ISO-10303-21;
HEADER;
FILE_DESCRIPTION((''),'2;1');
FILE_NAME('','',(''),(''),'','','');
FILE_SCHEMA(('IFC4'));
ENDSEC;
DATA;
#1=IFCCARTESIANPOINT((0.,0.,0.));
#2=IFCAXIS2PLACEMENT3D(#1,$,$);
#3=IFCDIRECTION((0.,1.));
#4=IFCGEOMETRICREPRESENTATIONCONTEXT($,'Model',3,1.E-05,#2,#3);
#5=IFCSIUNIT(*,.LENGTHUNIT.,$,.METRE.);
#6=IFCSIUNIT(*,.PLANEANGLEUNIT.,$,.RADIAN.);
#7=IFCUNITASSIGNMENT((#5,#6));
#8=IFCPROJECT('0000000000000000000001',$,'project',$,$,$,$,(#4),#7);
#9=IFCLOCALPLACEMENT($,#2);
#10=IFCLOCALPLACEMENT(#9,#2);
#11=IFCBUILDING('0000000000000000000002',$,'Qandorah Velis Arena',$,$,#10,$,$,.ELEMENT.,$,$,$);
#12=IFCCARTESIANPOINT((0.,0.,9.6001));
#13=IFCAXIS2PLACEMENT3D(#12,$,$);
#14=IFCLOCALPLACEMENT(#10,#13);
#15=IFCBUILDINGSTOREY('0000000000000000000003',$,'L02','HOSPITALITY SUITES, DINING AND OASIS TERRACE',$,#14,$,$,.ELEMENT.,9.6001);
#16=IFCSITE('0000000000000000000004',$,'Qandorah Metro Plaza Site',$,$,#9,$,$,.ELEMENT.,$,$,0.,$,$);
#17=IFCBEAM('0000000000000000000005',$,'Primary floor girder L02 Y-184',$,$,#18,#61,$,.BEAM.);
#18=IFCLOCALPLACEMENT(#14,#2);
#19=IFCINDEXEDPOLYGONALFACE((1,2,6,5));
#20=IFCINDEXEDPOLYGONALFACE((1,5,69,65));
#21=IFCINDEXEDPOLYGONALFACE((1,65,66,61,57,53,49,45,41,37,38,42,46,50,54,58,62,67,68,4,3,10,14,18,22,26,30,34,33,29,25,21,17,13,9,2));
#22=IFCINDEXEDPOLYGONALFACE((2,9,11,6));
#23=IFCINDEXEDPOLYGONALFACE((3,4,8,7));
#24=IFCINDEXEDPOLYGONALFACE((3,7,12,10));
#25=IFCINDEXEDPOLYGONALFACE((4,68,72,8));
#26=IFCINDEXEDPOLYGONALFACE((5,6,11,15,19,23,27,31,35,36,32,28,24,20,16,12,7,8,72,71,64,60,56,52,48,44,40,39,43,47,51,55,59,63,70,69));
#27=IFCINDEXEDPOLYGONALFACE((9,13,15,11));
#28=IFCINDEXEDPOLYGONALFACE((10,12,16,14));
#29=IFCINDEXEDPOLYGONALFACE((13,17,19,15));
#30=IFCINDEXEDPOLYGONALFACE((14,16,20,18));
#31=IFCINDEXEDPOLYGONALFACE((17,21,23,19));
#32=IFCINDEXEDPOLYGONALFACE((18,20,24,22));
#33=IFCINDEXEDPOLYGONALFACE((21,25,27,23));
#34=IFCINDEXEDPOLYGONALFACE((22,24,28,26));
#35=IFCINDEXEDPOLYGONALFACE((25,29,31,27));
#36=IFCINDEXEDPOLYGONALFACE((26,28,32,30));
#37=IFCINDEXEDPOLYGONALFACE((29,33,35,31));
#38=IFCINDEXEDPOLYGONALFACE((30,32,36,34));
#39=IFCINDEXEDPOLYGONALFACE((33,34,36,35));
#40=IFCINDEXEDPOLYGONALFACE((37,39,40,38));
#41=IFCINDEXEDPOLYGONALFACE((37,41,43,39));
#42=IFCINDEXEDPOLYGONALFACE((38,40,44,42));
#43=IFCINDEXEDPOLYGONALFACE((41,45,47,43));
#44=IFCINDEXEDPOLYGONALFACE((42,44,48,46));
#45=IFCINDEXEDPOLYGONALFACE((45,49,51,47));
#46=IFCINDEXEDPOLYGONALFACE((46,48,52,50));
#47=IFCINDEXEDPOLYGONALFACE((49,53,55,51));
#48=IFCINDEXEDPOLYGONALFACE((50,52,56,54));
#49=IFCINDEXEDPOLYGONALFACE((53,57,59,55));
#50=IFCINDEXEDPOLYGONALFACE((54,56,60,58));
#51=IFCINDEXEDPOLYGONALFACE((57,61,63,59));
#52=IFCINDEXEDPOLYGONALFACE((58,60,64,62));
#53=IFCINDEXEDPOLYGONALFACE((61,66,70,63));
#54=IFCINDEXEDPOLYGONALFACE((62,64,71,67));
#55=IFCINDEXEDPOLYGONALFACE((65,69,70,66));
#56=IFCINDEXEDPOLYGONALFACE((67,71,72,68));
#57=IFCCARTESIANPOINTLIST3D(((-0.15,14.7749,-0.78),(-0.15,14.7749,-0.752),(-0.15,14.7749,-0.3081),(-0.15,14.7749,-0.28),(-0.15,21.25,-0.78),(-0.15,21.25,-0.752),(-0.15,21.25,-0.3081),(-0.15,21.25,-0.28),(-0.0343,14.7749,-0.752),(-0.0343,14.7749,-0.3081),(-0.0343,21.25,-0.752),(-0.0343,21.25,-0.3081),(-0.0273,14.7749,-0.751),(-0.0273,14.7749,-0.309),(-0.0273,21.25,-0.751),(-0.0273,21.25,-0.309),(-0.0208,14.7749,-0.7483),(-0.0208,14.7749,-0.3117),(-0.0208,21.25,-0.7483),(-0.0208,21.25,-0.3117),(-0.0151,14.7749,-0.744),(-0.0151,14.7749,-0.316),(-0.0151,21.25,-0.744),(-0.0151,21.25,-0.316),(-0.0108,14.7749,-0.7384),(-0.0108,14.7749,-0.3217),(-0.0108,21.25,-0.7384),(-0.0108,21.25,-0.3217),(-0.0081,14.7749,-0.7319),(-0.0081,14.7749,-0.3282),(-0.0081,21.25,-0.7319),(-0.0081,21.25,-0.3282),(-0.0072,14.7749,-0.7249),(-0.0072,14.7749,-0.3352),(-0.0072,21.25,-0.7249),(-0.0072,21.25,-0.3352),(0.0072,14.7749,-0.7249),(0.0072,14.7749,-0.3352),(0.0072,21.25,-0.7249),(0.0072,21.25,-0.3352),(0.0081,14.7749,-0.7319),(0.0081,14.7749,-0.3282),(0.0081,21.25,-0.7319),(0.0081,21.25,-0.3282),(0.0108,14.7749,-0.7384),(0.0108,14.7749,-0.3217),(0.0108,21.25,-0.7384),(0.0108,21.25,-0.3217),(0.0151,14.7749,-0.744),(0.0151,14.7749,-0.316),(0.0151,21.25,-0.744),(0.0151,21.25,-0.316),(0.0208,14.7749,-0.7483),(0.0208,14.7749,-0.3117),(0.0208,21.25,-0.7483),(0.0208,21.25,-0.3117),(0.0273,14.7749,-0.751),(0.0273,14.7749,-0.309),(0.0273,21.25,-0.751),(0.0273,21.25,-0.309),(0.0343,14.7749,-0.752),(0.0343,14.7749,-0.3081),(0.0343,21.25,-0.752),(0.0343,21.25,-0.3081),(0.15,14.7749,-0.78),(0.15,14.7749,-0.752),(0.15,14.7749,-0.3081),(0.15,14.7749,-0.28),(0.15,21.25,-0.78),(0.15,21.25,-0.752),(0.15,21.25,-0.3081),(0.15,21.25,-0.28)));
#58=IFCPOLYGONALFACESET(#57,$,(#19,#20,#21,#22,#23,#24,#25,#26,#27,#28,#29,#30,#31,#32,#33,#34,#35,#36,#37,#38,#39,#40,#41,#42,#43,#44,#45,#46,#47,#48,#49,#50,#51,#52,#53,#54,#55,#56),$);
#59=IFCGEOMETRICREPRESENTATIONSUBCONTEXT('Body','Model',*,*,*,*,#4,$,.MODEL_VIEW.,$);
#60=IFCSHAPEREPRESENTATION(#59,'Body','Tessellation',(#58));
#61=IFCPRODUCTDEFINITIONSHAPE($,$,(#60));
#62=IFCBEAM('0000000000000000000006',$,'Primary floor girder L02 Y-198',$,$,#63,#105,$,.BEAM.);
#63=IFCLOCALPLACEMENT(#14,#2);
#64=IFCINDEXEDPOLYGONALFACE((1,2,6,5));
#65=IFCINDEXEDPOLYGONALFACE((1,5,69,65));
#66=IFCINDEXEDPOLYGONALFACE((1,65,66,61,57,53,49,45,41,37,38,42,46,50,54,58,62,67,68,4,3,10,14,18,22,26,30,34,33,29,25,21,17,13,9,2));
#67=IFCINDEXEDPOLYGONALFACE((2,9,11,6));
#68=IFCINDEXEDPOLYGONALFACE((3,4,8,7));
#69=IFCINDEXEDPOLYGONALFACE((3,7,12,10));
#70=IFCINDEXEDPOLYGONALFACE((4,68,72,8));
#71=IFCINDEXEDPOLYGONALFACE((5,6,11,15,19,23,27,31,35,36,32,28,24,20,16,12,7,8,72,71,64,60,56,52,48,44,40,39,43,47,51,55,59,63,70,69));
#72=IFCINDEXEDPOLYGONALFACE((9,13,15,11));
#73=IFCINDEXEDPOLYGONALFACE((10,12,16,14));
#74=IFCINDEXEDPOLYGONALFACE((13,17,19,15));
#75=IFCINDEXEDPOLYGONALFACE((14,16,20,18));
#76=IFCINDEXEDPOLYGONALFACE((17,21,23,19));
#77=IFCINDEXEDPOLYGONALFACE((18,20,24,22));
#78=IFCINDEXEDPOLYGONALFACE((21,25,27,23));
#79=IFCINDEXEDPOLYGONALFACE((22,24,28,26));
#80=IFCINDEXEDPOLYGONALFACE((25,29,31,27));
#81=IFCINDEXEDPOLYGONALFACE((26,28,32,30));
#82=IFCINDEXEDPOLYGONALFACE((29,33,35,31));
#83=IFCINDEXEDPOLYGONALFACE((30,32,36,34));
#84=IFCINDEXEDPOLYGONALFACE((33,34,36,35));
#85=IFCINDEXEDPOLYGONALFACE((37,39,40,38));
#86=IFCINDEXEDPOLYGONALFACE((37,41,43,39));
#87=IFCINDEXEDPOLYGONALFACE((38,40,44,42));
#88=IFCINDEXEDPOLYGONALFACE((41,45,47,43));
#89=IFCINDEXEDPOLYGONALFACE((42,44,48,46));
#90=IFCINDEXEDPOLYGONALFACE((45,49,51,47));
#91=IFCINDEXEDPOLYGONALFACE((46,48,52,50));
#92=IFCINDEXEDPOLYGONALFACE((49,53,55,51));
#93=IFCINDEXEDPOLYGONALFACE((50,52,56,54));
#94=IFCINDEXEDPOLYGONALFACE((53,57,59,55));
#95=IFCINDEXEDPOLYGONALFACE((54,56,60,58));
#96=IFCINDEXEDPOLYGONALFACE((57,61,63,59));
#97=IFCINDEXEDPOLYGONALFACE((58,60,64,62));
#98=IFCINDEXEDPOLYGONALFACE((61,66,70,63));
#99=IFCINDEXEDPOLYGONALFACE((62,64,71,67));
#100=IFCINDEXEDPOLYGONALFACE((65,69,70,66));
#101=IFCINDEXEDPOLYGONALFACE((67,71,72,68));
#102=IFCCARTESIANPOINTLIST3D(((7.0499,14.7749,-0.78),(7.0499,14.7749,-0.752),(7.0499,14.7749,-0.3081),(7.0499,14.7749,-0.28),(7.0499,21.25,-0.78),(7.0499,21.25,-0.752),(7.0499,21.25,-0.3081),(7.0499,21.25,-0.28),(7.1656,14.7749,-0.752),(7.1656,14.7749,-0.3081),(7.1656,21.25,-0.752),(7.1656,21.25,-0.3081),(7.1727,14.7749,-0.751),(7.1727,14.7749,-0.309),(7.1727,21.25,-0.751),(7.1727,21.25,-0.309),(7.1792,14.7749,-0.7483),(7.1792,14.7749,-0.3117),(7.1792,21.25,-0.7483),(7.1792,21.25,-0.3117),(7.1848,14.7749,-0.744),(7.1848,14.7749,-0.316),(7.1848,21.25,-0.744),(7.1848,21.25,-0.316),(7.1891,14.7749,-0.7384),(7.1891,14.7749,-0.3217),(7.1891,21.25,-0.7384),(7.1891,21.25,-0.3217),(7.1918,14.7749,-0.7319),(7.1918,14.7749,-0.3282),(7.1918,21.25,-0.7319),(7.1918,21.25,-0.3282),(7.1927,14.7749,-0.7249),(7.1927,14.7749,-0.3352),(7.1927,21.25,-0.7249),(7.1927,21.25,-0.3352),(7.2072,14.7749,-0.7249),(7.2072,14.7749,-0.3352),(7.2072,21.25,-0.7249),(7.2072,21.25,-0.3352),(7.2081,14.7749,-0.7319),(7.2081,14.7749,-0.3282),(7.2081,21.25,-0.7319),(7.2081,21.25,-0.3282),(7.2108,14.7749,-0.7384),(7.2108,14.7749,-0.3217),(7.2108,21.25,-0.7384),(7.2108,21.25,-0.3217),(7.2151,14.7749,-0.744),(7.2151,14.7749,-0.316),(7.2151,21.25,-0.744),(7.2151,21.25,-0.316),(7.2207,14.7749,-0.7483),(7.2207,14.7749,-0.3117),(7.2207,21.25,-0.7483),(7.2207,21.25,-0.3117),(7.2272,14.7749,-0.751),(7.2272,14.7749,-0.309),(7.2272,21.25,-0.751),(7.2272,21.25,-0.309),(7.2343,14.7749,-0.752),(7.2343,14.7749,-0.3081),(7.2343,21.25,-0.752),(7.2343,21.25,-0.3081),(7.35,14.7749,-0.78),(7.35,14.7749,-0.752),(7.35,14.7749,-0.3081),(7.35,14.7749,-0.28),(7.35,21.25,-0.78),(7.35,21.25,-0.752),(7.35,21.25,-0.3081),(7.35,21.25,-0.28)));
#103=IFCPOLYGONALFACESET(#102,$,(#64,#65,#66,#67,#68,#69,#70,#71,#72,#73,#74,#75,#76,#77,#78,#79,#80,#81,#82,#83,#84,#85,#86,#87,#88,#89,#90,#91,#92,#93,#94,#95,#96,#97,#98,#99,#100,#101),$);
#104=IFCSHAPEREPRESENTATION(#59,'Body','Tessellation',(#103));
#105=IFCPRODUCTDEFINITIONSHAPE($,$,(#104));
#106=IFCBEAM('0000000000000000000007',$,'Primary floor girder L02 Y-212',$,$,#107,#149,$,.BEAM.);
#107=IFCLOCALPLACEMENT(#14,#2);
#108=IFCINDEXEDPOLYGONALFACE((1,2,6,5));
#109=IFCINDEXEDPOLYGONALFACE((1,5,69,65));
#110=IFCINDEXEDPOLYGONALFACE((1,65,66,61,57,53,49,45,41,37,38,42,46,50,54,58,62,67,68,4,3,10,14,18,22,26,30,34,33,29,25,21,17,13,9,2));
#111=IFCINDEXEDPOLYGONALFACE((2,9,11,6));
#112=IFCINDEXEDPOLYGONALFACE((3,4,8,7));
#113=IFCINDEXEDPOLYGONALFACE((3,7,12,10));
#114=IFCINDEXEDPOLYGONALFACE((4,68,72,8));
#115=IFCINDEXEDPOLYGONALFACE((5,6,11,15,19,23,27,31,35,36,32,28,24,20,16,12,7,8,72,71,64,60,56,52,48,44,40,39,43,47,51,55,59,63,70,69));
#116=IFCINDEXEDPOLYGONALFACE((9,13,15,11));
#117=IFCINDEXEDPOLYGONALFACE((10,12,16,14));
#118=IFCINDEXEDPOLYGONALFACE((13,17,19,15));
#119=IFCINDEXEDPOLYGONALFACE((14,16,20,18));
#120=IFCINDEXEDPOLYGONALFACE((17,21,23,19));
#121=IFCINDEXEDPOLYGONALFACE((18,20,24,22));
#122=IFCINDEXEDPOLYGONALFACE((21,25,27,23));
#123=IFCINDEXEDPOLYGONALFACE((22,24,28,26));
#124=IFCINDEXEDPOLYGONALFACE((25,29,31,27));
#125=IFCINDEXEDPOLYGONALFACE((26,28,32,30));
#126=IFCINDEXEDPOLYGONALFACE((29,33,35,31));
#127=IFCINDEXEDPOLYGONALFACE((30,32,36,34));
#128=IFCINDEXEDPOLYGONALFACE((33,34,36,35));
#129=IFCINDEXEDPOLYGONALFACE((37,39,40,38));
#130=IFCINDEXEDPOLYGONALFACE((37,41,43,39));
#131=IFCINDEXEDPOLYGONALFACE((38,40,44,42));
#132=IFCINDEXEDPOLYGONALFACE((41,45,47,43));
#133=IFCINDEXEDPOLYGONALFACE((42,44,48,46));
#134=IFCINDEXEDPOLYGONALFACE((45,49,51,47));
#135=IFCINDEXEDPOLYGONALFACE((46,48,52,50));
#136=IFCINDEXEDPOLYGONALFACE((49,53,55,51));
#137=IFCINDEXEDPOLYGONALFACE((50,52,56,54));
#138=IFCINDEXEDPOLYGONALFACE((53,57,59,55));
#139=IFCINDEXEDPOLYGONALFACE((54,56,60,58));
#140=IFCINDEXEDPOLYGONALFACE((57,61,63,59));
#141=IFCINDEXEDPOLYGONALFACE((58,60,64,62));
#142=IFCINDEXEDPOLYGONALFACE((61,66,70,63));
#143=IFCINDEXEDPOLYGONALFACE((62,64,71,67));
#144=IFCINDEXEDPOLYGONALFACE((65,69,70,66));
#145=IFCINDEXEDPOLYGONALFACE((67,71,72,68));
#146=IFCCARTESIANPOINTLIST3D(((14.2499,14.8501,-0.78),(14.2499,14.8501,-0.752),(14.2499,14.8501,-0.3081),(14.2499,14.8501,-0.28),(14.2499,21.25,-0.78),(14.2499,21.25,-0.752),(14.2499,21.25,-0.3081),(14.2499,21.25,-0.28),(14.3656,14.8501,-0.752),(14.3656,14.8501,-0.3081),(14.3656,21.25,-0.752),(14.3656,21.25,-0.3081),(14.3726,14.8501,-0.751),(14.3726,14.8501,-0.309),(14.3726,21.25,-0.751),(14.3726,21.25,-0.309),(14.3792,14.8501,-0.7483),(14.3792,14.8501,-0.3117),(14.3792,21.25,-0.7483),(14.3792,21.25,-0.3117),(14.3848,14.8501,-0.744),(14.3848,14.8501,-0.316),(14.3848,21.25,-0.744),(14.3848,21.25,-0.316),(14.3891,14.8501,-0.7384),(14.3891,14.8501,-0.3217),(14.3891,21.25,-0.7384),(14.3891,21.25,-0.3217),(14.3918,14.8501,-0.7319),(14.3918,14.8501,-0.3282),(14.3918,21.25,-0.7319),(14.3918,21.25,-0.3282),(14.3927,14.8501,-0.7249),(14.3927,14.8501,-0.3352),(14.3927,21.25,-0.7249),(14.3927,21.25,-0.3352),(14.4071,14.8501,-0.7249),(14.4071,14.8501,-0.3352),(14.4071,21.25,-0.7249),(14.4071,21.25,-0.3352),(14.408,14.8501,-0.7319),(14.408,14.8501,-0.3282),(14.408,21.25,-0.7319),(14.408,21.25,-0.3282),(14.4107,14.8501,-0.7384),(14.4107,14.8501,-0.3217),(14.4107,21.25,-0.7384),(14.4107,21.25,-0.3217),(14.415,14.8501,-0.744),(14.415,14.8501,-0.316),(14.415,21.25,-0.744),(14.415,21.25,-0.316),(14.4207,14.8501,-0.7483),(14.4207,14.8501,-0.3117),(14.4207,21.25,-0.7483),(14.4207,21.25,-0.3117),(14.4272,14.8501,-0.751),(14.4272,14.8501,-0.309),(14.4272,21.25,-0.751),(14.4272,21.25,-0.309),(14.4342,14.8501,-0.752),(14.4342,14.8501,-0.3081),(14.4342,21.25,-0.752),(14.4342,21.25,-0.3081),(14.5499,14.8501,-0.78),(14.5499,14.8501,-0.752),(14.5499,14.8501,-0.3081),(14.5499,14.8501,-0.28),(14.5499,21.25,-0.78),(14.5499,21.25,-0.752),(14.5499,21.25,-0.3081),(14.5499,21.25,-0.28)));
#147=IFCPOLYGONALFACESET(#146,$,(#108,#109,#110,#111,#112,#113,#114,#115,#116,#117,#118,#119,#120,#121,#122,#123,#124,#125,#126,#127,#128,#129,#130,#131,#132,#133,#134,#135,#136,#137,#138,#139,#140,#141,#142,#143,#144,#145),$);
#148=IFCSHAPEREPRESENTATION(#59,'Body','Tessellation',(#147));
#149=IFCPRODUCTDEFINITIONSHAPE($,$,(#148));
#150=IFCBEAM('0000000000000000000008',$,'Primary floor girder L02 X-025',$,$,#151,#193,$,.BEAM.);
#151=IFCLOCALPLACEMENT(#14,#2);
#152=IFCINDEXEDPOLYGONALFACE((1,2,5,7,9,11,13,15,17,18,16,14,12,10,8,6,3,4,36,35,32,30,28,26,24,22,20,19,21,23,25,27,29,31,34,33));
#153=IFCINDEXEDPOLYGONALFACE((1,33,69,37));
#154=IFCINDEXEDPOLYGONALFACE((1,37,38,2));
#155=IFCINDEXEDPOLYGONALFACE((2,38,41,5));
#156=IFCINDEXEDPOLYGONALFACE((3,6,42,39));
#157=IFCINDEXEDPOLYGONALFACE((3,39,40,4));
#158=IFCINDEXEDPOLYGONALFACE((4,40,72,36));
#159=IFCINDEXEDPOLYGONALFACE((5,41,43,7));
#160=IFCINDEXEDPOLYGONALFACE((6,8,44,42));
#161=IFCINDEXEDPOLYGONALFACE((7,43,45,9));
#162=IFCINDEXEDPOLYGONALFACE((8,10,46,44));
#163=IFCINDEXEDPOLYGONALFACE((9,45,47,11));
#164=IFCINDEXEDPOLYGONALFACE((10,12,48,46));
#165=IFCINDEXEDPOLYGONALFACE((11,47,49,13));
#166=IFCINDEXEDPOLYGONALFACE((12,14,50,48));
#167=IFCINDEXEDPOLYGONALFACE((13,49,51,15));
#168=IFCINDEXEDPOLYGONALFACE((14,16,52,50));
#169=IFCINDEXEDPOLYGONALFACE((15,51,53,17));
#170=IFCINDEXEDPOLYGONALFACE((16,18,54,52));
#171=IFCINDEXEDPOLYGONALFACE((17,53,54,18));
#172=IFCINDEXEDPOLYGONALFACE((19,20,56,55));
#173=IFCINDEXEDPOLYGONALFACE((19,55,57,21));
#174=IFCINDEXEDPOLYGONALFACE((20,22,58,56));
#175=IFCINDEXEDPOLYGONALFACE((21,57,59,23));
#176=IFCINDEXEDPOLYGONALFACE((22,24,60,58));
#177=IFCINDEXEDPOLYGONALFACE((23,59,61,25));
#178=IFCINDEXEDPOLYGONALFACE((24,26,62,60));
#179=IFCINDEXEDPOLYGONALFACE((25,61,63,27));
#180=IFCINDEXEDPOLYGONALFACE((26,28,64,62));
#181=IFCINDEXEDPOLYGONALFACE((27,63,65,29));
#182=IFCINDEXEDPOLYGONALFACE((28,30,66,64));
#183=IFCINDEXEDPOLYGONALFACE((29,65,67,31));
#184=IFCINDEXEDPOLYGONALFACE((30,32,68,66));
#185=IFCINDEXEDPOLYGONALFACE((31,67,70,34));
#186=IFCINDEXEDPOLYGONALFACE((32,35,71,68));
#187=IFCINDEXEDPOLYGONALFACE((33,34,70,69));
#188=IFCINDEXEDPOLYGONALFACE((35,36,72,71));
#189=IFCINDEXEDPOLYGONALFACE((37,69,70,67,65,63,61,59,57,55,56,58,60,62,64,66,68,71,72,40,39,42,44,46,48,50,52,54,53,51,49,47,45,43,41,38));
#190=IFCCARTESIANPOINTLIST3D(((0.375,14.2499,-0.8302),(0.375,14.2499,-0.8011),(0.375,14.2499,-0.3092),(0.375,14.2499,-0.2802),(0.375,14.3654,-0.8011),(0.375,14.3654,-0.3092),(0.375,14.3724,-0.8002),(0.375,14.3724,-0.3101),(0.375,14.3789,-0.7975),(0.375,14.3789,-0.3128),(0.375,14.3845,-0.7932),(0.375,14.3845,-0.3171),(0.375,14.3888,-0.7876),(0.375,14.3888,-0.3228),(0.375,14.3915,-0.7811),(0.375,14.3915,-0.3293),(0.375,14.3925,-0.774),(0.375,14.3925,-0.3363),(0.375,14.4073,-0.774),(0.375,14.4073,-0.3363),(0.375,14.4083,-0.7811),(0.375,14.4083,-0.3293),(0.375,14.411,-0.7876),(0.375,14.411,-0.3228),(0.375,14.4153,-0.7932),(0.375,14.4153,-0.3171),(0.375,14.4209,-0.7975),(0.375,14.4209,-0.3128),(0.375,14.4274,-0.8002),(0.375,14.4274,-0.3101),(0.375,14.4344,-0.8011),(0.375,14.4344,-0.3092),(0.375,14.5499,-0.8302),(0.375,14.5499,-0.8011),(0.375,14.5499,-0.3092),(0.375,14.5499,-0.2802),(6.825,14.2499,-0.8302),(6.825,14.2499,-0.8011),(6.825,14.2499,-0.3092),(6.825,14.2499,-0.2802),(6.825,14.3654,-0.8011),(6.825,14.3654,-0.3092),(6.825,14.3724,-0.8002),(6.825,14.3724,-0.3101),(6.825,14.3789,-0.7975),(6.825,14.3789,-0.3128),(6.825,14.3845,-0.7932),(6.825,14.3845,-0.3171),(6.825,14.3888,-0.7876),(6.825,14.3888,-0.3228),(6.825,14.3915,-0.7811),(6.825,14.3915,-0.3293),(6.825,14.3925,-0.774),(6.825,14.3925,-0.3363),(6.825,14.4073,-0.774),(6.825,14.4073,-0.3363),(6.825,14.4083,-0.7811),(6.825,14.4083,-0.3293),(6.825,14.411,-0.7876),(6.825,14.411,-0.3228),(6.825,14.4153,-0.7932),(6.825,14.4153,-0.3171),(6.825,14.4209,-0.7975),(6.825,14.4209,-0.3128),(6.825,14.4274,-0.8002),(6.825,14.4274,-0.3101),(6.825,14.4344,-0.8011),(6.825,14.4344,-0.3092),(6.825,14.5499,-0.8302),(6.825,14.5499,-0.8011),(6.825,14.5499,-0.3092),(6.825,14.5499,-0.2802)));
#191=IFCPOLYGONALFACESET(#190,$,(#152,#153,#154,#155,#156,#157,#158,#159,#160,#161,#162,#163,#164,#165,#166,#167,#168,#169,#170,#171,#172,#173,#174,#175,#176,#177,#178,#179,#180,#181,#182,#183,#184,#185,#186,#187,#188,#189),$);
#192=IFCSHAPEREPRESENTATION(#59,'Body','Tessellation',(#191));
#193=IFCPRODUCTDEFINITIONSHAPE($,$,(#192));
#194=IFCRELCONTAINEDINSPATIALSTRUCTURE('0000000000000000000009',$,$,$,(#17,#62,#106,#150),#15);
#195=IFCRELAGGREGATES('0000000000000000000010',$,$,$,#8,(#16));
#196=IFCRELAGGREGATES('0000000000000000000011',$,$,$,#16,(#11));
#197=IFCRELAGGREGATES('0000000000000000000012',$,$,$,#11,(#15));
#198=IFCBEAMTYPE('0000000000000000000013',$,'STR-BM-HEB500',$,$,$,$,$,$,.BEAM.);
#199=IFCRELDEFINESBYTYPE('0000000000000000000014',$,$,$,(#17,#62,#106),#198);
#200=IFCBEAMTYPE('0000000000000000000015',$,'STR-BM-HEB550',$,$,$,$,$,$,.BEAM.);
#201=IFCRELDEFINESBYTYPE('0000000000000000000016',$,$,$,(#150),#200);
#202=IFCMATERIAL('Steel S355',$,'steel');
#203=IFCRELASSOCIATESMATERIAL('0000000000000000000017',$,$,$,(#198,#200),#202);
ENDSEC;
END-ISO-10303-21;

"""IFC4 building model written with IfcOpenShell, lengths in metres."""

from ifc_helpers import new_model, si_unit, direction, frame, origin, origin_2d, place, context, subcontext, project, spatial, i_section, extrude, material, material_profile, profile_set, type_object, element, save


model = new_model("IFC4")

# Units and contexts
model_context = context("Model", 3, precision=1e-05, world=origin(), true_north=direction((0.0, 1.0)))
body_context = subcontext(model_context, "Body", "Model", "MODEL_VIEW")
ifc_project = project(units=[si_unit("LENGTHUNIT", "METRE"), si_unit("PLANEANGLEUNIT", "RADIAN")], contexts=[model_context])

# Site, building, storey
site_placement = place(None, origin())
site = spatial("IfcSite", under=ifc_project, at=site_placement, Name="Qandorah Metro Plaza Site", CompositionType="ELEMENT", RefElevation=0.0)
building_placement = place(site_placement, origin())
building = spatial("IfcBuilding", under=site, at=building_placement, Name="Qandorah Velis Arena", CompositionType="ELEMENT")
storey_placement = place(building_placement, frame((0.0, 0.0, 9.6001)))
storey = spatial("IfcBuildingStorey", under=building, at=storey_placement, Name="L02", Description="HOSPITALITY SUITES, DINING AND OASIS TERRACE", CompositionType="ELEMENT", Elevation=9.6001)

# Beams
ifc_material_1 = material(Name="Steel S355", Category="steel")
ifc_material_profile_1 = material_profile(ifc_material_1, i_section(OverallWidth=0.3, OverallDepth=0.5, WebThickness=0.0144, FlangeThickness=0.0281, FilletRadius=0.0271, at=origin_2d()), Name="HEB 500")
ifc_profile_set_1 = profile_set([ifc_material_profile_1], Name="Steel S355")
beam_type_1 = type_object("IfcBeamType", Name="STR-BM-HEB500", PredefinedType="BEAM", material=ifc_profile_set_1)
for number, where, z_axis, x_axis, name in (
    (1, (0.0, 14.7749, -0.53), (0.0, 1.0, 0.0), (-1.0, 0.0, 0.0), "Primary floor girder L02 Y-184"),
    (2, (7.2, 14.7749, -0.53), (0.0, 1.0, 0.0), (-1.0, 0.0, 0.0), "Primary floor girder L02 Y-198"),
):
    element("IfcBeam", number, at=place(storey_placement, frame(where, z_axis=z_axis, x_axis=x_axis)), inside=storey, type_object=beam_type_1, Name=name, PredefinedType="BEAM", context=body_context, shape_type="SweptSolid", body=[
        extrude(i_section(OverallWidth=0.3, OverallDepth=0.5, WebThickness=0.0144, FlangeThickness=0.0281, FilletRadius=0.0271, at=origin_2d()), origin(), (0.0, 0.0, 1.0), 6.4751),
    ])
beam_1_placement = place(storey_placement, frame((14.3999, 14.8501, -0.53), z_axis=(0.0, 1.0, 0.0), x_axis=(-1.0, 0.0, 0.0)))
element("IfcBeam", 3, at=beam_1_placement, inside=storey, type_object=beam_type_1, Name="Primary floor girder L02 Y-212", PredefinedType="BEAM", context=body_context, shape_type="SweptSolid", body=[
    extrude(i_section(OverallWidth=0.3, OverallDepth=0.5, WebThickness=0.0144, FlangeThickness=0.0281, FilletRadius=0.0271, at=origin_2d()), origin(), (0.0, 0.0, 1.0), 6.3999),
])
ifc_material_profile_2 = material_profile(ifc_material_1, i_section(OverallWidth=0.3, OverallDepth=0.55, WebThickness=0.0149, FlangeThickness=0.0291, FilletRadius=0.0271, at=origin_2d()), Name="HEB 550")
ifc_profile_set_2 = profile_set([ifc_material_profile_2], Name="Steel S355")
beam_type_2 = type_object("IfcBeamType", Name="STR-BM-HEB550", PredefinedType="BEAM", material=ifc_profile_set_2)
beam_2_placement = place(storey_placement, frame((0.375, 14.3999, -0.5552), z_axis=(1.0, 0.0, 0.0), x_axis=(0.0, 1.0, 0.0)))
element("IfcBeam", 4, at=beam_2_placement, inside=storey, type_object=beam_type_2, Name="Primary floor girder L02 X-025", PredefinedType="BEAM", context=body_context, shape_type="SweptSolid", body=[
    extrude(i_section(OverallWidth=0.3, OverallDepth=0.55, WebThickness=0.0149, FlangeThickness=0.0291, FilletRadius=0.0271, at=origin_2d()), origin(), (0.0, 0.0, 1.0), 6.45),
])

save(model, "model.ifc")
